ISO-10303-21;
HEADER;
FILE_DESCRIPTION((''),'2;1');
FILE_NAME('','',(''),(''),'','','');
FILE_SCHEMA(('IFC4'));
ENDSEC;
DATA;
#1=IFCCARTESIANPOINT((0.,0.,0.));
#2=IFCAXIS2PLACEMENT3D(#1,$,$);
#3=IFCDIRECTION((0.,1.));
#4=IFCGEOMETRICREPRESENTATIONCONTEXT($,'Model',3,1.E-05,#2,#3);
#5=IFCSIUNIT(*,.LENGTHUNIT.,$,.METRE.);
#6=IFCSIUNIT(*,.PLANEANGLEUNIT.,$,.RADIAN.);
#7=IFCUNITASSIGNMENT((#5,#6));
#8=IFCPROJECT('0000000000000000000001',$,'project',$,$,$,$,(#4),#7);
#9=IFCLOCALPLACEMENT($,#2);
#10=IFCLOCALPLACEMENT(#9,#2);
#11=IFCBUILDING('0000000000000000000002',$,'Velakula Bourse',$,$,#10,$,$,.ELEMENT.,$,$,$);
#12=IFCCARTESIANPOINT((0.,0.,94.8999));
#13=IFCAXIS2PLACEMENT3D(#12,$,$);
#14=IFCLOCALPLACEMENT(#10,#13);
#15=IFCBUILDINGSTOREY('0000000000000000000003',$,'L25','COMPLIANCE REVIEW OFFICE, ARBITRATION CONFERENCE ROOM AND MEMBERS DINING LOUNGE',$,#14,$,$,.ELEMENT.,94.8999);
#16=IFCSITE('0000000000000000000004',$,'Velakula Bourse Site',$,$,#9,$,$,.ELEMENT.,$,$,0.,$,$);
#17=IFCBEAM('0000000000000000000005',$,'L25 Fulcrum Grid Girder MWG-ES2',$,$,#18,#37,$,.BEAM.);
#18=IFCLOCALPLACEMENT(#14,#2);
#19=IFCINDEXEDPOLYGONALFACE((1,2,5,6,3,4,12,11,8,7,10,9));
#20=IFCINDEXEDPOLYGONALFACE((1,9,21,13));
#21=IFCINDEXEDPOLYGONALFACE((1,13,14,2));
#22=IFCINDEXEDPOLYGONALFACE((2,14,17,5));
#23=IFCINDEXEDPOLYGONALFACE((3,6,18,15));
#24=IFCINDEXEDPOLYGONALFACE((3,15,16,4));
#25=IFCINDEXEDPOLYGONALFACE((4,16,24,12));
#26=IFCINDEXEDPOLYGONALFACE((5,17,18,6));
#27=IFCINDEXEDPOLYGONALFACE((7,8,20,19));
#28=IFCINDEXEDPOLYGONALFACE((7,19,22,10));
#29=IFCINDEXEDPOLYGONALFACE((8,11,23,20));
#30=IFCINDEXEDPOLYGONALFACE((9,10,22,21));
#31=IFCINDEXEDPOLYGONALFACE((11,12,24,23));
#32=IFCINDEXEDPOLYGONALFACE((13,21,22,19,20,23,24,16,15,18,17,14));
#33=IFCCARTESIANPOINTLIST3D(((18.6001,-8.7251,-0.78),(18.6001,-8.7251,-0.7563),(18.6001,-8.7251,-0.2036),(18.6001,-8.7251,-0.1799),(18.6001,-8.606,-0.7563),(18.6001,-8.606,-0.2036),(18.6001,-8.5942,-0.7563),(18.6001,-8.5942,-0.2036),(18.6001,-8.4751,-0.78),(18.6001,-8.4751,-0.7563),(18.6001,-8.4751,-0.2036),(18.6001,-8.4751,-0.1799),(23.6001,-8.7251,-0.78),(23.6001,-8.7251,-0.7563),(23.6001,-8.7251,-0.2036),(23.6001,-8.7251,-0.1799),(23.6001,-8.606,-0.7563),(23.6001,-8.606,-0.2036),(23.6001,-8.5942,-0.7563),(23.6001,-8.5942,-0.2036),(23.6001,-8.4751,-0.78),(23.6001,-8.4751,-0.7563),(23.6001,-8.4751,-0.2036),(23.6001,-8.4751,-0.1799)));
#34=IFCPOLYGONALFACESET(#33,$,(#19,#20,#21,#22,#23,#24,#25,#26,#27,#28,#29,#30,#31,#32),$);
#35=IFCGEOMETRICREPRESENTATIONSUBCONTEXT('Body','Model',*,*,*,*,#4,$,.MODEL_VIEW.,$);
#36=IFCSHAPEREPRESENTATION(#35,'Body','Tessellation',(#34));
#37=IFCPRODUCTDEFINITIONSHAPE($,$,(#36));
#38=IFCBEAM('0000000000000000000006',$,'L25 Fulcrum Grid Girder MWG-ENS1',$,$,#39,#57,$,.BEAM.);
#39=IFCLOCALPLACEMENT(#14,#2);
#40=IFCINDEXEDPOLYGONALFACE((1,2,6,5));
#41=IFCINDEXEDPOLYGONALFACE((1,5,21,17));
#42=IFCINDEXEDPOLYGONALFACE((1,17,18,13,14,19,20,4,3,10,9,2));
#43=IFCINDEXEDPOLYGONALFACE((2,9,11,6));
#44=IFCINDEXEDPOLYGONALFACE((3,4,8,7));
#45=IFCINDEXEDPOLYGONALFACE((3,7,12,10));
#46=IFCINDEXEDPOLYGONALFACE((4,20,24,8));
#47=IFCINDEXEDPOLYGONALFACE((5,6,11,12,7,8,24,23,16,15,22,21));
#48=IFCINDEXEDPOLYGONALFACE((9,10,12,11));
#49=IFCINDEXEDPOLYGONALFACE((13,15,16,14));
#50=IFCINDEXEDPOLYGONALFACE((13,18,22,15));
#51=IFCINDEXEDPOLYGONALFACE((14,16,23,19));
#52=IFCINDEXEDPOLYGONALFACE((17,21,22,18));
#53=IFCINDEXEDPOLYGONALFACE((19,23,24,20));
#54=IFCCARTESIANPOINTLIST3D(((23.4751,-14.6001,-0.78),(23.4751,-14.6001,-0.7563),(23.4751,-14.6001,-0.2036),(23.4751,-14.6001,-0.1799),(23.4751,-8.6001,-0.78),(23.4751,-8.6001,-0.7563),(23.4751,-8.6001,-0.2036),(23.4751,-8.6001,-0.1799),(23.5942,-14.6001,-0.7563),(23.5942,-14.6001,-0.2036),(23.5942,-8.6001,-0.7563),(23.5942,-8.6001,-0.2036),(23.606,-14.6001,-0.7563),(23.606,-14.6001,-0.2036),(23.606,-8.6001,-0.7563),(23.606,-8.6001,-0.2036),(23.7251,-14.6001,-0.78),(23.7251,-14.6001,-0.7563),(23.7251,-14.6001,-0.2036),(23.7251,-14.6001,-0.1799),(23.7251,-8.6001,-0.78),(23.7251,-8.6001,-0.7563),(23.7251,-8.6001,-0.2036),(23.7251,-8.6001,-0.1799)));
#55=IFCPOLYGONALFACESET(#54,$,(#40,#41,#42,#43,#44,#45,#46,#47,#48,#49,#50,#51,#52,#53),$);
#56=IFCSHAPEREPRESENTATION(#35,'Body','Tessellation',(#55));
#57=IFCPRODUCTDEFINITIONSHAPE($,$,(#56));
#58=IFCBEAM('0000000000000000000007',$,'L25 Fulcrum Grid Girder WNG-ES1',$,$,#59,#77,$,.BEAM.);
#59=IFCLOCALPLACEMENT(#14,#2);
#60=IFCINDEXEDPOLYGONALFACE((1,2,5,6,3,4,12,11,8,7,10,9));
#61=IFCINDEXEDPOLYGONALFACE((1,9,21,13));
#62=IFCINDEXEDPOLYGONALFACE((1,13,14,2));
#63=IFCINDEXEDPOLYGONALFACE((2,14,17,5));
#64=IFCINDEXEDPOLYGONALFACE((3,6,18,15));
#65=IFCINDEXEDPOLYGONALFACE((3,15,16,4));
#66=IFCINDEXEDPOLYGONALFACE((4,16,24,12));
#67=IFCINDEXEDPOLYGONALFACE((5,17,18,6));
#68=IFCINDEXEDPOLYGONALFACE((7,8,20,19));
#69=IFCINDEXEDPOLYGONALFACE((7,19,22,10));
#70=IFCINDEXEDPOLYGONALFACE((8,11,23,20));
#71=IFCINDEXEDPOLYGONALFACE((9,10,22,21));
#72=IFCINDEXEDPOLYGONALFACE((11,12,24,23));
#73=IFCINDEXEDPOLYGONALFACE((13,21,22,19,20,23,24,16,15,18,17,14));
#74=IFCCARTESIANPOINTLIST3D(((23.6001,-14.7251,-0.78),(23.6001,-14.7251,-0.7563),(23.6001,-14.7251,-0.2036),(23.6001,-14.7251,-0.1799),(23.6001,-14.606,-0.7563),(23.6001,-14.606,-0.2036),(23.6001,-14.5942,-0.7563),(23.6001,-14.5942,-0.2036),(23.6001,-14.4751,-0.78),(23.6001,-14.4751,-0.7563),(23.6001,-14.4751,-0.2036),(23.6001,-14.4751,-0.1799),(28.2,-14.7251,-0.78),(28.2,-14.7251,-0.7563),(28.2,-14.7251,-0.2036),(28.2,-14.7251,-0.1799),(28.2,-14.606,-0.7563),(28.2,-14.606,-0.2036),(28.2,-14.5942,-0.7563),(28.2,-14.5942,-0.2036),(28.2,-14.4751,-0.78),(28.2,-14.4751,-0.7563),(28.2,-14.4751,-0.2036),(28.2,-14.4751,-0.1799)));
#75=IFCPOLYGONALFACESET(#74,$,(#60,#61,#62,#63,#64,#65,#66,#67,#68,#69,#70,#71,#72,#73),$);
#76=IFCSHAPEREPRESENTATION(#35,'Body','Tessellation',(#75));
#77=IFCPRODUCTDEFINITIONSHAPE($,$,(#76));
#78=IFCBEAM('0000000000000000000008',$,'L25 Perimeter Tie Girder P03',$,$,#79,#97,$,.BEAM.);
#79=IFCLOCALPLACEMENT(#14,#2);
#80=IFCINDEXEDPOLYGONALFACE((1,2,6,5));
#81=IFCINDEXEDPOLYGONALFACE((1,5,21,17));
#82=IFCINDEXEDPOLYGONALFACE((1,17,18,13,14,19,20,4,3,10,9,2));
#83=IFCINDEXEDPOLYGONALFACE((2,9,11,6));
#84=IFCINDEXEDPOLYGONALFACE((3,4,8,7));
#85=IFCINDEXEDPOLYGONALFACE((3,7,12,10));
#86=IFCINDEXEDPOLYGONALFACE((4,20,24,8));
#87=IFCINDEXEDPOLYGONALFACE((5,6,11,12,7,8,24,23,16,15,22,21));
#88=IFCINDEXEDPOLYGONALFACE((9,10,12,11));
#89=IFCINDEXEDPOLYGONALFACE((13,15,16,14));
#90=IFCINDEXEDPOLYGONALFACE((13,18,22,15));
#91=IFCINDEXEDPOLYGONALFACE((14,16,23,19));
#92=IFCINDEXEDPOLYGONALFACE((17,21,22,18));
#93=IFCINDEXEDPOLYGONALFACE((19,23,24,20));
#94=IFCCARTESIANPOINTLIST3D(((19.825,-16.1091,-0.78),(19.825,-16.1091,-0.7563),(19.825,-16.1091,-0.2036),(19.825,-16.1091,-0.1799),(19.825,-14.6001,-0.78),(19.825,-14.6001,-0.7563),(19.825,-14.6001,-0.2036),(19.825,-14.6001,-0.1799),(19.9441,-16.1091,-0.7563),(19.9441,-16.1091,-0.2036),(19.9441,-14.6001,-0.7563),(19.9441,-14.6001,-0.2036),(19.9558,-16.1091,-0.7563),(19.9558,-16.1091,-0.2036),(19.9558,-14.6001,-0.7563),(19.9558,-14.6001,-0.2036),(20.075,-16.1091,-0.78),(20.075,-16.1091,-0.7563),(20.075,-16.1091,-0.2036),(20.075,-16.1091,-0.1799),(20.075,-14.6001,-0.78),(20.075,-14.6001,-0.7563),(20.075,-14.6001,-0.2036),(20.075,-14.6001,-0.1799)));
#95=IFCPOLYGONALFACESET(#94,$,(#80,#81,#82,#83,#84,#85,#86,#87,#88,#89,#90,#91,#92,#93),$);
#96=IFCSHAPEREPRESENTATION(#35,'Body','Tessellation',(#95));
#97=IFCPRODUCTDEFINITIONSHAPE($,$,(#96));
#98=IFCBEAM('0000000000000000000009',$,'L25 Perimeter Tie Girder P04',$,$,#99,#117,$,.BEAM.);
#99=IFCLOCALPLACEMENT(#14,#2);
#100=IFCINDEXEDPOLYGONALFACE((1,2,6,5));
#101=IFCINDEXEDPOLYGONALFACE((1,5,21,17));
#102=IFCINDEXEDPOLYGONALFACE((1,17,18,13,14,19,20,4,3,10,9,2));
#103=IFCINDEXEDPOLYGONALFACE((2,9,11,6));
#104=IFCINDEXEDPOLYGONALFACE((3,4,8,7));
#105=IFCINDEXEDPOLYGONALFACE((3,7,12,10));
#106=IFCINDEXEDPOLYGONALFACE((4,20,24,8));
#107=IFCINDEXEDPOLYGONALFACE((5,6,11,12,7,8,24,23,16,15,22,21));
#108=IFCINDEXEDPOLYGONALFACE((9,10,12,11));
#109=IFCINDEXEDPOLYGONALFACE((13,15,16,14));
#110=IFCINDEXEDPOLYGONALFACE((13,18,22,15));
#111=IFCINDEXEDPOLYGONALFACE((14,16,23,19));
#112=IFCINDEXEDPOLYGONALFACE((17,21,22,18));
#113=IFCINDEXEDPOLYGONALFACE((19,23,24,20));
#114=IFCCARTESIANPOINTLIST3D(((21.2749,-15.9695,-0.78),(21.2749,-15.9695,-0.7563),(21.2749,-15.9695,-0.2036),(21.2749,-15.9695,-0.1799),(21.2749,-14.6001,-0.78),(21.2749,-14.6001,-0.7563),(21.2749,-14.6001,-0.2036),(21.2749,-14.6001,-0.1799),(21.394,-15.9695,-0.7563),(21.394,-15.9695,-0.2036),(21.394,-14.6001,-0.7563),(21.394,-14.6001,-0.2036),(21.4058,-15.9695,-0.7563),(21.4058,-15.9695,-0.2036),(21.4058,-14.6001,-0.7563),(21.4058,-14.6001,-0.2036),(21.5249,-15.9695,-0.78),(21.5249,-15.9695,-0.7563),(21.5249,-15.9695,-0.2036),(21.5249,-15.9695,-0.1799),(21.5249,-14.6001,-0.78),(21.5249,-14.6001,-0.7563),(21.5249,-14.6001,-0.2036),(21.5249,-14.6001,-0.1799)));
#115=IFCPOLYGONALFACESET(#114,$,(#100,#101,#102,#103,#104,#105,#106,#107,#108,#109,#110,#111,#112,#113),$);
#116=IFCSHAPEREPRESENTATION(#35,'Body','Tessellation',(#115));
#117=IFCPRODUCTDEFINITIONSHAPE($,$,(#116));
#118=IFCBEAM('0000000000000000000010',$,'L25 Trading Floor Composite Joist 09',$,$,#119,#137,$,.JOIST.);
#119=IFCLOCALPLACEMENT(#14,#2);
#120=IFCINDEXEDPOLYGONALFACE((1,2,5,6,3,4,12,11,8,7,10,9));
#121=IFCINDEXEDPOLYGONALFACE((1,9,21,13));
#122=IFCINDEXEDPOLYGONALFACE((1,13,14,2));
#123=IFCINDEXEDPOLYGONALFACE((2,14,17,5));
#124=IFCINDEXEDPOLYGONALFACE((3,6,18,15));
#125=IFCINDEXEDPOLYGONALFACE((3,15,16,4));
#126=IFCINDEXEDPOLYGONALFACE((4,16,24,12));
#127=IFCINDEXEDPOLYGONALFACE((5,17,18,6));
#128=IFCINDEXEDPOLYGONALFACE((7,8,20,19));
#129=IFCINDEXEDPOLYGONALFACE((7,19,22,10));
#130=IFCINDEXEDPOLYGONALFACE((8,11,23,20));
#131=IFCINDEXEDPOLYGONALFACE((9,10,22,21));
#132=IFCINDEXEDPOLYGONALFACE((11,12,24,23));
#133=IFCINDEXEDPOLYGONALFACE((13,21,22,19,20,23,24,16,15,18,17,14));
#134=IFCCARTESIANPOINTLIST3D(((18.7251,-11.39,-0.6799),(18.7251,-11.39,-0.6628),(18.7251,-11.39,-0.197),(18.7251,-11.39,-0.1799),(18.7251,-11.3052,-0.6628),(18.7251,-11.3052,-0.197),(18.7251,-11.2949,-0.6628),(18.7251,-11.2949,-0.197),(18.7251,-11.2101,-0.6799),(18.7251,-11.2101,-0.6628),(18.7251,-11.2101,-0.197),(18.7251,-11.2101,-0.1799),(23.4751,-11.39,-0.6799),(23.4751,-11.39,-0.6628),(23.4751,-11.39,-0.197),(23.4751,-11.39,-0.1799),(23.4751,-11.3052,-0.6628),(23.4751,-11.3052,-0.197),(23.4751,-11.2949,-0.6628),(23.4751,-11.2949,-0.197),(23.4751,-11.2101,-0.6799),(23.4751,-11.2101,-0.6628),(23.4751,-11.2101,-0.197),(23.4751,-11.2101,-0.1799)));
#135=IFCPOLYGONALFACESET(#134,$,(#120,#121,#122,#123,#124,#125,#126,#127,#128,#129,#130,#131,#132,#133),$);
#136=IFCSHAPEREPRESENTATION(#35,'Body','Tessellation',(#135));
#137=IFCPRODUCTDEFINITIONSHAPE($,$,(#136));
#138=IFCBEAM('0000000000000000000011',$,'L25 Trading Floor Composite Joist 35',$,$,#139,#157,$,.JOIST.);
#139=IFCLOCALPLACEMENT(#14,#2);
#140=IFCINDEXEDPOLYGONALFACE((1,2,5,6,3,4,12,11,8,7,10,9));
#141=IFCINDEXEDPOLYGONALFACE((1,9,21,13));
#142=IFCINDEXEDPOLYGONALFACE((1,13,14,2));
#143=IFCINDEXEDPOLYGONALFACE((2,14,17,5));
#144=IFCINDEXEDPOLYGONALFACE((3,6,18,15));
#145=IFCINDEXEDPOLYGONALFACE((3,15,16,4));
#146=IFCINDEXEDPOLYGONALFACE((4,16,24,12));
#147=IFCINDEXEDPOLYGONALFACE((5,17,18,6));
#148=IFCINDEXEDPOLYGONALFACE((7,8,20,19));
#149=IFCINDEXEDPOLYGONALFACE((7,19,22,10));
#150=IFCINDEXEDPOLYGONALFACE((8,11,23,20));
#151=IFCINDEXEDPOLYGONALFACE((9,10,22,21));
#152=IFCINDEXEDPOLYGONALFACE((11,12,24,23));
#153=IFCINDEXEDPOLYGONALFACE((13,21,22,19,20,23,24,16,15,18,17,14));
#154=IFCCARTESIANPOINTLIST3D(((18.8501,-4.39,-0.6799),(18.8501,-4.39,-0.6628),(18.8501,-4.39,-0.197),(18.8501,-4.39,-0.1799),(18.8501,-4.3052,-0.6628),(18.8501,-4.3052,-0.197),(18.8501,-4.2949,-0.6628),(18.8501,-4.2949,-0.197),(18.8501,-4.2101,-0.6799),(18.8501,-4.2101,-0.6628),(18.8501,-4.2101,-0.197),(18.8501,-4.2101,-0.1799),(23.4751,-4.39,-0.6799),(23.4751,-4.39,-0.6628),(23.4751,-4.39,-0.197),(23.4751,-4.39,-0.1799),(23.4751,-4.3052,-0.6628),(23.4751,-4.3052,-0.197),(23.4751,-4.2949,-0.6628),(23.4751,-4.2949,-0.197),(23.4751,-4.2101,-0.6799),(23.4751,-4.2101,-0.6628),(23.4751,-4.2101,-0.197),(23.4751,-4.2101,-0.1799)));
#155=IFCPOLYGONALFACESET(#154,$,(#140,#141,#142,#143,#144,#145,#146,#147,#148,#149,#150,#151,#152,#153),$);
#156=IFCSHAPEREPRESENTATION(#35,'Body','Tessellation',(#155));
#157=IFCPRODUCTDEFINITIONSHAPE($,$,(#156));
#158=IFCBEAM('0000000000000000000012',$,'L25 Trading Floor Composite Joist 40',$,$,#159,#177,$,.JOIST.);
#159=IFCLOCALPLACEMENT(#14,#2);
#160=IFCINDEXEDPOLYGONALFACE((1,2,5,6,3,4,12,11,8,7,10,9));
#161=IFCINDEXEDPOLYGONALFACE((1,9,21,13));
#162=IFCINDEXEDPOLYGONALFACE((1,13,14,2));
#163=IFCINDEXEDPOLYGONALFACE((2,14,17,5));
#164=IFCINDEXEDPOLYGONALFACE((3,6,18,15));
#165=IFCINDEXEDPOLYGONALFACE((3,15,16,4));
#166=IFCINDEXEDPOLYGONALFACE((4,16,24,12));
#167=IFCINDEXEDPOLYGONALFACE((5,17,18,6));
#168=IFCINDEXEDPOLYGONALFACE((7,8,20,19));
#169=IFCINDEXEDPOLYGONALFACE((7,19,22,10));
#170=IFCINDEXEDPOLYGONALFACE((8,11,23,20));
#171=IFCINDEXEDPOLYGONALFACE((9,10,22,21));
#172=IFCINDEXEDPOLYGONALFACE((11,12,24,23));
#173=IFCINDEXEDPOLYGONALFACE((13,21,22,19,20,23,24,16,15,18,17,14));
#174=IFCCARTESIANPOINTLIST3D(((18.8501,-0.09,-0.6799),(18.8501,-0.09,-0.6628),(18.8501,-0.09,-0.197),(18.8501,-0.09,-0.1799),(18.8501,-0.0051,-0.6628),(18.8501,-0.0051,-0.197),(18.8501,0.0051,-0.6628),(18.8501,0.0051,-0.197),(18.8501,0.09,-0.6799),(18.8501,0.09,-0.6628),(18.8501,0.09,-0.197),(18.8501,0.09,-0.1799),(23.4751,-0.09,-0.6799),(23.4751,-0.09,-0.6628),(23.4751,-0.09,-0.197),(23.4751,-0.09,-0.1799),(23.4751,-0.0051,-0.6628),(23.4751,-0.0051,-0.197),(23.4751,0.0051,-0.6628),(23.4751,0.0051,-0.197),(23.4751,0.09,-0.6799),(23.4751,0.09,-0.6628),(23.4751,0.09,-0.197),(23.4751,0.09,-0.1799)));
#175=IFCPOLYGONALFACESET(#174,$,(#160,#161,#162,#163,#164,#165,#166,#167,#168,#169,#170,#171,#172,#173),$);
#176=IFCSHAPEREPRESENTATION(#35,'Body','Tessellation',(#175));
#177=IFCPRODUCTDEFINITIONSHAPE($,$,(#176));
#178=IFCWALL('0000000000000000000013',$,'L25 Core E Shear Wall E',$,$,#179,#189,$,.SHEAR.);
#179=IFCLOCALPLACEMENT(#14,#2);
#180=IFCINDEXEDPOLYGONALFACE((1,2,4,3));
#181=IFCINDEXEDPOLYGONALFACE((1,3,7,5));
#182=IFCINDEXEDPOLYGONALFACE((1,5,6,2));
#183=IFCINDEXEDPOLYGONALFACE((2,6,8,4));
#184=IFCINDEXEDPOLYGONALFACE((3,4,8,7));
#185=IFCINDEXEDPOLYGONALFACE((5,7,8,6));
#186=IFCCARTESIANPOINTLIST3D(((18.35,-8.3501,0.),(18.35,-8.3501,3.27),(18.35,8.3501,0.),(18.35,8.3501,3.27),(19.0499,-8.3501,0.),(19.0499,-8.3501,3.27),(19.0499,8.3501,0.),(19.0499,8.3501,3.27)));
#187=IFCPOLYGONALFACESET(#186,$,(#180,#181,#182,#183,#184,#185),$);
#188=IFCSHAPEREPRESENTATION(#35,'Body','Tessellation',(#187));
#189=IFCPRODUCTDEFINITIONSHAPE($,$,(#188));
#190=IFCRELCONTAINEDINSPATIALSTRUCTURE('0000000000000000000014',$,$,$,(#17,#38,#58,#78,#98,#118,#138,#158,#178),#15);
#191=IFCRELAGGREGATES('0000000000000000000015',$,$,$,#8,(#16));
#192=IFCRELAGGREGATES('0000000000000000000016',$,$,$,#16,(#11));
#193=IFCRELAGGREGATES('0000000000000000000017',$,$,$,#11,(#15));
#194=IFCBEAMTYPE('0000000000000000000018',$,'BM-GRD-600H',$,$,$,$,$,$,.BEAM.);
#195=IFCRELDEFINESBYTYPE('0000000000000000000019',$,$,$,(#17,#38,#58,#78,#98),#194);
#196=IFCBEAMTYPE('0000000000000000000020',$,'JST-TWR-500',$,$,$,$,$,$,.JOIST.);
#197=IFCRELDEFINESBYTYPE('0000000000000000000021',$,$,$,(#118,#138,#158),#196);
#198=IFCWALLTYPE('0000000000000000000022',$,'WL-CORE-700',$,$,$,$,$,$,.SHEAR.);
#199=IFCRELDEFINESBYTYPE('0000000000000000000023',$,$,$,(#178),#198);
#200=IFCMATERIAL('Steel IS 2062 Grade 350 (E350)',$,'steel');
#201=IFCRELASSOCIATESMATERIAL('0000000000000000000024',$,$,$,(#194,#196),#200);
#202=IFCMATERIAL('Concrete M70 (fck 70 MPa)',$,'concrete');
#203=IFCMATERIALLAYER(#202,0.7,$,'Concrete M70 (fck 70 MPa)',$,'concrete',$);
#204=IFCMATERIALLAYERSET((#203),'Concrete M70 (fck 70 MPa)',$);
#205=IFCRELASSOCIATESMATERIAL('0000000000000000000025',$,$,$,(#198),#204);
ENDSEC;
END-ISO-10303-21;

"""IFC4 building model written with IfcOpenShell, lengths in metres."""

from ifc_helpers import new_model, si_unit, direction, frame, frame_2d, origin, origin_2d, place, context, subcontext, project, spatial, rectangle, i_section, extrude, material, layer, layer_set, material_profile, profile_set, type_object, element, save


model = new_model("IFC4")

# Units and contexts
model_context = context("Model", 3, precision=1e-05, world=origin(), true_north=direction((0.0, 1.0)))
body_context = subcontext(model_context, "Body", "Model", "MODEL_VIEW")
ifc_project = project(units=[si_unit("LENGTHUNIT", "METRE"), si_unit("PLANEANGLEUNIT", "RADIAN")], contexts=[model_context])

# Site, building, storey
site_placement = place(None, origin())
site = spatial("IfcSite", under=ifc_project, at=site_placement, Name="Velakula Bourse Site", CompositionType="ELEMENT", RefElevation=0.0)
building_placement = place(site_placement, origin())
building = spatial("IfcBuilding", under=site, at=building_placement, Name="Velakula Bourse", CompositionType="ELEMENT")
storey_placement = place(building_placement, frame((0.0, 0.0, 94.8999)))
storey = spatial("IfcBuildingStorey", under=building, at=storey_placement, Name="L25", Description="COMPLIANCE REVIEW OFFICE, ARBITRATION CONFERENCE ROOM AND MEMBERS DINING LOUNGE", CompositionType="ELEMENT", Elevation=94.8999)

# Beams
ifc_material_1 = material(Name="Steel IS 2062 Grade 350 (E350)", Category="steel")
ifc_material_profile_1 = material_profile(ifc_material_1, i_section(OverallWidth=0.25, OverallDepth=0.6001, WebThickness=0.0117, FlangeThickness=0.0237, at=origin_2d()), Name="Steel IS 2062 Grade 350 (E350)")
ifc_profile_set_1 = profile_set([ifc_material_profile_1], Name="Steel IS 2062 Grade 350 (E350)")
beam_type_1 = type_object("IfcBeamType", Name="BM-GRD-600H", PredefinedType="BEAM", material=ifc_profile_set_1)
beam_1_placement = place(storey_placement, frame((18.6001, -8.6001, -0.48), z_axis=(1.0, 0.0, 0.0), x_axis=(0.0, 1.0, 0.0)))
element("IfcBeam", 1, at=beam_1_placement, inside=storey, type_object=beam_type_1, Name="L25 Fulcrum Grid Girder MWG-ES2", PredefinedType="BEAM", context=body_context, shape_type="SweptSolid", body=[
    extrude(i_section(OverallWidth=0.25, OverallDepth=0.6001, WebThickness=0.0117, FlangeThickness=0.0237, at=origin_2d()), origin(), (0.0, 0.0, 1.0), 5.0),
])
beam_2_placement = place(storey_placement, frame((23.6001, -14.6001, -0.48), z_axis=(0.0, 1.0, 0.0), x_axis=(-1.0, 0.0, 0.0)))
element("IfcBeam", 2, at=beam_2_placement, inside=storey, type_object=beam_type_1, Name="L25 Fulcrum Grid Girder MWG-ENS1", PredefinedType="BEAM", context=body_context, shape_type="SweptSolid", body=[
    extrude(i_section(OverallWidth=0.25, OverallDepth=0.6001, WebThickness=0.0117, FlangeThickness=0.0237, at=origin_2d()), origin(), (0.0, 0.0, 1.0), 6.0),
])
beam_3_placement = place(storey_placement, frame((23.6001, -14.6001, -0.48), z_axis=(1.0, 0.0, 0.0), x_axis=(0.0, 1.0, 0.0)))
element("IfcBeam", 3, at=beam_3_placement, inside=storey, type_object=beam_type_1, Name="L25 Fulcrum Grid Girder WNG-ES1", PredefinedType="BEAM", context=body_context, shape_type="SweptSolid", body=[
    extrude(i_section(OverallWidth=0.25, OverallDepth=0.6001, WebThickness=0.0117, FlangeThickness=0.0237, at=origin_2d()), origin(), (0.0, 0.0, 1.0), 4.5999),
])
beam_4_placement = place(storey_placement, frame((19.95, -14.6001, -0.48), z_axis=(0.0, -1.0, 0.0), x_axis=(1.0, 0.0, 0.0)))
element("IfcBeam", 4, at=beam_4_placement, inside=storey, type_object=beam_type_1, Name="L25 Perimeter Tie Girder P03", PredefinedType="BEAM", context=body_context, shape_type="SweptSolid", body=[
    extrude(i_section(OverallWidth=0.25, OverallDepth=0.6001, WebThickness=0.0117, FlangeThickness=0.0237, at=origin_2d()), origin(), (0.0, 0.0, 1.0), 1.509),
])
beam_5_placement = place(storey_placement, frame((21.3999, -14.6001, -0.48), z_axis=(0.0, -1.0, 0.0), x_axis=(1.0, 0.0, 0.0)))
element("IfcBeam", 5, at=beam_5_placement, inside=storey, type_object=beam_type_1, Name="L25 Perimeter Tie Girder P04", PredefinedType="BEAM", context=body_context, shape_type="SweptSolid", body=[
    extrude(i_section(OverallWidth=0.25, OverallDepth=0.6001, WebThickness=0.0117, FlangeThickness=0.0237, at=origin_2d()), origin(), (0.0, 0.0, 1.0), 1.3694),
])
ifc_material_profile_2 = material_profile(ifc_material_1, i_section(OverallWidth=0.1799, OverallDepth=0.5, WebThickness=0.0103, FlangeThickness=0.0171, at=origin_2d()), Name="Steel IS 2062 Grade 350 (E350)")
ifc_profile_set_2 = profile_set([ifc_material_profile_2], Name="Steel IS 2062 Grade 350 (E350)")
beam_type_2 = type_object("IfcBeamType", Name="JST-TWR-500", PredefinedType="JOIST", material=ifc_profile_set_2)
beam_6_placement = place(storey_placement, frame((18.7251, -11.3, -0.4299), z_axis=(1.0, 0.0, 0.0), x_axis=(0.0, 1.0, 0.0)))
element("IfcBeam", 6, at=beam_6_placement, inside=storey, type_object=beam_type_2, Name="L25 Trading Floor Composite Joist 09", PredefinedType="JOIST", context=body_context, shape_type="SweptSolid", body=[
    extrude(i_section(OverallWidth=0.1799, OverallDepth=0.5, WebThickness=0.0103, FlangeThickness=0.0171, at=origin_2d()), origin(), (0.0, 0.0, 1.0), 4.75),
])
for number, where, z_axis, x_axis, name in (
    (7, (18.8501, -4.3, -0.4299), (1.0, 0.0, 0.0), (0.0, 1.0, 0.0), "L25 Trading Floor Composite Joist 35"),
    (8, (18.8501, 0.0, -0.4299), (1.0, 0.0, 0.0), (0.0, 1.0, 0.0), "L25 Trading Floor Composite Joist 40"),
):
    element("IfcBeam", number, at=place(storey_placement, frame(where, z_axis=z_axis, x_axis=x_axis)), inside=storey, type_object=beam_type_2, Name=name, PredefinedType="JOIST", context=body_context, shape_type="SweptSolid", body=[
        extrude(i_section(OverallWidth=0.1799, OverallDepth=0.5, WebThickness=0.0103, FlangeThickness=0.0171, at=origin_2d()), origin(), (0.0, 0.0, 1.0), 4.625),
    ])

# Wall
ifc_material_2 = material(Name="Concrete M70 (fck 70 MPa)", Category="concrete")
ifc_layer_1 = layer(ifc_material_2, 0.7, Name="Concrete M70 (fck 70 MPa)", Category="concrete")
ifc_layer_set_1 = layer_set([ifc_layer_1], Name="Concrete M70 (fck 70 MPa)")
wall_type_1 = type_object("IfcWallType", Name="WL-CORE-700", PredefinedType="SHEAR", material=ifc_layer_set_1)
wall_1_placement = place(storey_placement, frame((18.7, -8.3501, 0.0), z_axis=(0.0, 0.0, 1.0), x_axis=(0.0, 1.0, 0.0)))
element("IfcWall", 9, at=wall_1_placement, inside=storey, type_object=wall_type_1, Name="L25 Core E Shear Wall E", PredefinedType="SHEAR", context=body_context, shape_type="SweptSolid", body=[
    extrude(rectangle(XDim=16.7002, YDim=0.7, at=frame_2d((8.3501, 0.0))), origin(), (0.0, 0.0, 1.0), 3.27),
])

save(model, "model.ifc")
